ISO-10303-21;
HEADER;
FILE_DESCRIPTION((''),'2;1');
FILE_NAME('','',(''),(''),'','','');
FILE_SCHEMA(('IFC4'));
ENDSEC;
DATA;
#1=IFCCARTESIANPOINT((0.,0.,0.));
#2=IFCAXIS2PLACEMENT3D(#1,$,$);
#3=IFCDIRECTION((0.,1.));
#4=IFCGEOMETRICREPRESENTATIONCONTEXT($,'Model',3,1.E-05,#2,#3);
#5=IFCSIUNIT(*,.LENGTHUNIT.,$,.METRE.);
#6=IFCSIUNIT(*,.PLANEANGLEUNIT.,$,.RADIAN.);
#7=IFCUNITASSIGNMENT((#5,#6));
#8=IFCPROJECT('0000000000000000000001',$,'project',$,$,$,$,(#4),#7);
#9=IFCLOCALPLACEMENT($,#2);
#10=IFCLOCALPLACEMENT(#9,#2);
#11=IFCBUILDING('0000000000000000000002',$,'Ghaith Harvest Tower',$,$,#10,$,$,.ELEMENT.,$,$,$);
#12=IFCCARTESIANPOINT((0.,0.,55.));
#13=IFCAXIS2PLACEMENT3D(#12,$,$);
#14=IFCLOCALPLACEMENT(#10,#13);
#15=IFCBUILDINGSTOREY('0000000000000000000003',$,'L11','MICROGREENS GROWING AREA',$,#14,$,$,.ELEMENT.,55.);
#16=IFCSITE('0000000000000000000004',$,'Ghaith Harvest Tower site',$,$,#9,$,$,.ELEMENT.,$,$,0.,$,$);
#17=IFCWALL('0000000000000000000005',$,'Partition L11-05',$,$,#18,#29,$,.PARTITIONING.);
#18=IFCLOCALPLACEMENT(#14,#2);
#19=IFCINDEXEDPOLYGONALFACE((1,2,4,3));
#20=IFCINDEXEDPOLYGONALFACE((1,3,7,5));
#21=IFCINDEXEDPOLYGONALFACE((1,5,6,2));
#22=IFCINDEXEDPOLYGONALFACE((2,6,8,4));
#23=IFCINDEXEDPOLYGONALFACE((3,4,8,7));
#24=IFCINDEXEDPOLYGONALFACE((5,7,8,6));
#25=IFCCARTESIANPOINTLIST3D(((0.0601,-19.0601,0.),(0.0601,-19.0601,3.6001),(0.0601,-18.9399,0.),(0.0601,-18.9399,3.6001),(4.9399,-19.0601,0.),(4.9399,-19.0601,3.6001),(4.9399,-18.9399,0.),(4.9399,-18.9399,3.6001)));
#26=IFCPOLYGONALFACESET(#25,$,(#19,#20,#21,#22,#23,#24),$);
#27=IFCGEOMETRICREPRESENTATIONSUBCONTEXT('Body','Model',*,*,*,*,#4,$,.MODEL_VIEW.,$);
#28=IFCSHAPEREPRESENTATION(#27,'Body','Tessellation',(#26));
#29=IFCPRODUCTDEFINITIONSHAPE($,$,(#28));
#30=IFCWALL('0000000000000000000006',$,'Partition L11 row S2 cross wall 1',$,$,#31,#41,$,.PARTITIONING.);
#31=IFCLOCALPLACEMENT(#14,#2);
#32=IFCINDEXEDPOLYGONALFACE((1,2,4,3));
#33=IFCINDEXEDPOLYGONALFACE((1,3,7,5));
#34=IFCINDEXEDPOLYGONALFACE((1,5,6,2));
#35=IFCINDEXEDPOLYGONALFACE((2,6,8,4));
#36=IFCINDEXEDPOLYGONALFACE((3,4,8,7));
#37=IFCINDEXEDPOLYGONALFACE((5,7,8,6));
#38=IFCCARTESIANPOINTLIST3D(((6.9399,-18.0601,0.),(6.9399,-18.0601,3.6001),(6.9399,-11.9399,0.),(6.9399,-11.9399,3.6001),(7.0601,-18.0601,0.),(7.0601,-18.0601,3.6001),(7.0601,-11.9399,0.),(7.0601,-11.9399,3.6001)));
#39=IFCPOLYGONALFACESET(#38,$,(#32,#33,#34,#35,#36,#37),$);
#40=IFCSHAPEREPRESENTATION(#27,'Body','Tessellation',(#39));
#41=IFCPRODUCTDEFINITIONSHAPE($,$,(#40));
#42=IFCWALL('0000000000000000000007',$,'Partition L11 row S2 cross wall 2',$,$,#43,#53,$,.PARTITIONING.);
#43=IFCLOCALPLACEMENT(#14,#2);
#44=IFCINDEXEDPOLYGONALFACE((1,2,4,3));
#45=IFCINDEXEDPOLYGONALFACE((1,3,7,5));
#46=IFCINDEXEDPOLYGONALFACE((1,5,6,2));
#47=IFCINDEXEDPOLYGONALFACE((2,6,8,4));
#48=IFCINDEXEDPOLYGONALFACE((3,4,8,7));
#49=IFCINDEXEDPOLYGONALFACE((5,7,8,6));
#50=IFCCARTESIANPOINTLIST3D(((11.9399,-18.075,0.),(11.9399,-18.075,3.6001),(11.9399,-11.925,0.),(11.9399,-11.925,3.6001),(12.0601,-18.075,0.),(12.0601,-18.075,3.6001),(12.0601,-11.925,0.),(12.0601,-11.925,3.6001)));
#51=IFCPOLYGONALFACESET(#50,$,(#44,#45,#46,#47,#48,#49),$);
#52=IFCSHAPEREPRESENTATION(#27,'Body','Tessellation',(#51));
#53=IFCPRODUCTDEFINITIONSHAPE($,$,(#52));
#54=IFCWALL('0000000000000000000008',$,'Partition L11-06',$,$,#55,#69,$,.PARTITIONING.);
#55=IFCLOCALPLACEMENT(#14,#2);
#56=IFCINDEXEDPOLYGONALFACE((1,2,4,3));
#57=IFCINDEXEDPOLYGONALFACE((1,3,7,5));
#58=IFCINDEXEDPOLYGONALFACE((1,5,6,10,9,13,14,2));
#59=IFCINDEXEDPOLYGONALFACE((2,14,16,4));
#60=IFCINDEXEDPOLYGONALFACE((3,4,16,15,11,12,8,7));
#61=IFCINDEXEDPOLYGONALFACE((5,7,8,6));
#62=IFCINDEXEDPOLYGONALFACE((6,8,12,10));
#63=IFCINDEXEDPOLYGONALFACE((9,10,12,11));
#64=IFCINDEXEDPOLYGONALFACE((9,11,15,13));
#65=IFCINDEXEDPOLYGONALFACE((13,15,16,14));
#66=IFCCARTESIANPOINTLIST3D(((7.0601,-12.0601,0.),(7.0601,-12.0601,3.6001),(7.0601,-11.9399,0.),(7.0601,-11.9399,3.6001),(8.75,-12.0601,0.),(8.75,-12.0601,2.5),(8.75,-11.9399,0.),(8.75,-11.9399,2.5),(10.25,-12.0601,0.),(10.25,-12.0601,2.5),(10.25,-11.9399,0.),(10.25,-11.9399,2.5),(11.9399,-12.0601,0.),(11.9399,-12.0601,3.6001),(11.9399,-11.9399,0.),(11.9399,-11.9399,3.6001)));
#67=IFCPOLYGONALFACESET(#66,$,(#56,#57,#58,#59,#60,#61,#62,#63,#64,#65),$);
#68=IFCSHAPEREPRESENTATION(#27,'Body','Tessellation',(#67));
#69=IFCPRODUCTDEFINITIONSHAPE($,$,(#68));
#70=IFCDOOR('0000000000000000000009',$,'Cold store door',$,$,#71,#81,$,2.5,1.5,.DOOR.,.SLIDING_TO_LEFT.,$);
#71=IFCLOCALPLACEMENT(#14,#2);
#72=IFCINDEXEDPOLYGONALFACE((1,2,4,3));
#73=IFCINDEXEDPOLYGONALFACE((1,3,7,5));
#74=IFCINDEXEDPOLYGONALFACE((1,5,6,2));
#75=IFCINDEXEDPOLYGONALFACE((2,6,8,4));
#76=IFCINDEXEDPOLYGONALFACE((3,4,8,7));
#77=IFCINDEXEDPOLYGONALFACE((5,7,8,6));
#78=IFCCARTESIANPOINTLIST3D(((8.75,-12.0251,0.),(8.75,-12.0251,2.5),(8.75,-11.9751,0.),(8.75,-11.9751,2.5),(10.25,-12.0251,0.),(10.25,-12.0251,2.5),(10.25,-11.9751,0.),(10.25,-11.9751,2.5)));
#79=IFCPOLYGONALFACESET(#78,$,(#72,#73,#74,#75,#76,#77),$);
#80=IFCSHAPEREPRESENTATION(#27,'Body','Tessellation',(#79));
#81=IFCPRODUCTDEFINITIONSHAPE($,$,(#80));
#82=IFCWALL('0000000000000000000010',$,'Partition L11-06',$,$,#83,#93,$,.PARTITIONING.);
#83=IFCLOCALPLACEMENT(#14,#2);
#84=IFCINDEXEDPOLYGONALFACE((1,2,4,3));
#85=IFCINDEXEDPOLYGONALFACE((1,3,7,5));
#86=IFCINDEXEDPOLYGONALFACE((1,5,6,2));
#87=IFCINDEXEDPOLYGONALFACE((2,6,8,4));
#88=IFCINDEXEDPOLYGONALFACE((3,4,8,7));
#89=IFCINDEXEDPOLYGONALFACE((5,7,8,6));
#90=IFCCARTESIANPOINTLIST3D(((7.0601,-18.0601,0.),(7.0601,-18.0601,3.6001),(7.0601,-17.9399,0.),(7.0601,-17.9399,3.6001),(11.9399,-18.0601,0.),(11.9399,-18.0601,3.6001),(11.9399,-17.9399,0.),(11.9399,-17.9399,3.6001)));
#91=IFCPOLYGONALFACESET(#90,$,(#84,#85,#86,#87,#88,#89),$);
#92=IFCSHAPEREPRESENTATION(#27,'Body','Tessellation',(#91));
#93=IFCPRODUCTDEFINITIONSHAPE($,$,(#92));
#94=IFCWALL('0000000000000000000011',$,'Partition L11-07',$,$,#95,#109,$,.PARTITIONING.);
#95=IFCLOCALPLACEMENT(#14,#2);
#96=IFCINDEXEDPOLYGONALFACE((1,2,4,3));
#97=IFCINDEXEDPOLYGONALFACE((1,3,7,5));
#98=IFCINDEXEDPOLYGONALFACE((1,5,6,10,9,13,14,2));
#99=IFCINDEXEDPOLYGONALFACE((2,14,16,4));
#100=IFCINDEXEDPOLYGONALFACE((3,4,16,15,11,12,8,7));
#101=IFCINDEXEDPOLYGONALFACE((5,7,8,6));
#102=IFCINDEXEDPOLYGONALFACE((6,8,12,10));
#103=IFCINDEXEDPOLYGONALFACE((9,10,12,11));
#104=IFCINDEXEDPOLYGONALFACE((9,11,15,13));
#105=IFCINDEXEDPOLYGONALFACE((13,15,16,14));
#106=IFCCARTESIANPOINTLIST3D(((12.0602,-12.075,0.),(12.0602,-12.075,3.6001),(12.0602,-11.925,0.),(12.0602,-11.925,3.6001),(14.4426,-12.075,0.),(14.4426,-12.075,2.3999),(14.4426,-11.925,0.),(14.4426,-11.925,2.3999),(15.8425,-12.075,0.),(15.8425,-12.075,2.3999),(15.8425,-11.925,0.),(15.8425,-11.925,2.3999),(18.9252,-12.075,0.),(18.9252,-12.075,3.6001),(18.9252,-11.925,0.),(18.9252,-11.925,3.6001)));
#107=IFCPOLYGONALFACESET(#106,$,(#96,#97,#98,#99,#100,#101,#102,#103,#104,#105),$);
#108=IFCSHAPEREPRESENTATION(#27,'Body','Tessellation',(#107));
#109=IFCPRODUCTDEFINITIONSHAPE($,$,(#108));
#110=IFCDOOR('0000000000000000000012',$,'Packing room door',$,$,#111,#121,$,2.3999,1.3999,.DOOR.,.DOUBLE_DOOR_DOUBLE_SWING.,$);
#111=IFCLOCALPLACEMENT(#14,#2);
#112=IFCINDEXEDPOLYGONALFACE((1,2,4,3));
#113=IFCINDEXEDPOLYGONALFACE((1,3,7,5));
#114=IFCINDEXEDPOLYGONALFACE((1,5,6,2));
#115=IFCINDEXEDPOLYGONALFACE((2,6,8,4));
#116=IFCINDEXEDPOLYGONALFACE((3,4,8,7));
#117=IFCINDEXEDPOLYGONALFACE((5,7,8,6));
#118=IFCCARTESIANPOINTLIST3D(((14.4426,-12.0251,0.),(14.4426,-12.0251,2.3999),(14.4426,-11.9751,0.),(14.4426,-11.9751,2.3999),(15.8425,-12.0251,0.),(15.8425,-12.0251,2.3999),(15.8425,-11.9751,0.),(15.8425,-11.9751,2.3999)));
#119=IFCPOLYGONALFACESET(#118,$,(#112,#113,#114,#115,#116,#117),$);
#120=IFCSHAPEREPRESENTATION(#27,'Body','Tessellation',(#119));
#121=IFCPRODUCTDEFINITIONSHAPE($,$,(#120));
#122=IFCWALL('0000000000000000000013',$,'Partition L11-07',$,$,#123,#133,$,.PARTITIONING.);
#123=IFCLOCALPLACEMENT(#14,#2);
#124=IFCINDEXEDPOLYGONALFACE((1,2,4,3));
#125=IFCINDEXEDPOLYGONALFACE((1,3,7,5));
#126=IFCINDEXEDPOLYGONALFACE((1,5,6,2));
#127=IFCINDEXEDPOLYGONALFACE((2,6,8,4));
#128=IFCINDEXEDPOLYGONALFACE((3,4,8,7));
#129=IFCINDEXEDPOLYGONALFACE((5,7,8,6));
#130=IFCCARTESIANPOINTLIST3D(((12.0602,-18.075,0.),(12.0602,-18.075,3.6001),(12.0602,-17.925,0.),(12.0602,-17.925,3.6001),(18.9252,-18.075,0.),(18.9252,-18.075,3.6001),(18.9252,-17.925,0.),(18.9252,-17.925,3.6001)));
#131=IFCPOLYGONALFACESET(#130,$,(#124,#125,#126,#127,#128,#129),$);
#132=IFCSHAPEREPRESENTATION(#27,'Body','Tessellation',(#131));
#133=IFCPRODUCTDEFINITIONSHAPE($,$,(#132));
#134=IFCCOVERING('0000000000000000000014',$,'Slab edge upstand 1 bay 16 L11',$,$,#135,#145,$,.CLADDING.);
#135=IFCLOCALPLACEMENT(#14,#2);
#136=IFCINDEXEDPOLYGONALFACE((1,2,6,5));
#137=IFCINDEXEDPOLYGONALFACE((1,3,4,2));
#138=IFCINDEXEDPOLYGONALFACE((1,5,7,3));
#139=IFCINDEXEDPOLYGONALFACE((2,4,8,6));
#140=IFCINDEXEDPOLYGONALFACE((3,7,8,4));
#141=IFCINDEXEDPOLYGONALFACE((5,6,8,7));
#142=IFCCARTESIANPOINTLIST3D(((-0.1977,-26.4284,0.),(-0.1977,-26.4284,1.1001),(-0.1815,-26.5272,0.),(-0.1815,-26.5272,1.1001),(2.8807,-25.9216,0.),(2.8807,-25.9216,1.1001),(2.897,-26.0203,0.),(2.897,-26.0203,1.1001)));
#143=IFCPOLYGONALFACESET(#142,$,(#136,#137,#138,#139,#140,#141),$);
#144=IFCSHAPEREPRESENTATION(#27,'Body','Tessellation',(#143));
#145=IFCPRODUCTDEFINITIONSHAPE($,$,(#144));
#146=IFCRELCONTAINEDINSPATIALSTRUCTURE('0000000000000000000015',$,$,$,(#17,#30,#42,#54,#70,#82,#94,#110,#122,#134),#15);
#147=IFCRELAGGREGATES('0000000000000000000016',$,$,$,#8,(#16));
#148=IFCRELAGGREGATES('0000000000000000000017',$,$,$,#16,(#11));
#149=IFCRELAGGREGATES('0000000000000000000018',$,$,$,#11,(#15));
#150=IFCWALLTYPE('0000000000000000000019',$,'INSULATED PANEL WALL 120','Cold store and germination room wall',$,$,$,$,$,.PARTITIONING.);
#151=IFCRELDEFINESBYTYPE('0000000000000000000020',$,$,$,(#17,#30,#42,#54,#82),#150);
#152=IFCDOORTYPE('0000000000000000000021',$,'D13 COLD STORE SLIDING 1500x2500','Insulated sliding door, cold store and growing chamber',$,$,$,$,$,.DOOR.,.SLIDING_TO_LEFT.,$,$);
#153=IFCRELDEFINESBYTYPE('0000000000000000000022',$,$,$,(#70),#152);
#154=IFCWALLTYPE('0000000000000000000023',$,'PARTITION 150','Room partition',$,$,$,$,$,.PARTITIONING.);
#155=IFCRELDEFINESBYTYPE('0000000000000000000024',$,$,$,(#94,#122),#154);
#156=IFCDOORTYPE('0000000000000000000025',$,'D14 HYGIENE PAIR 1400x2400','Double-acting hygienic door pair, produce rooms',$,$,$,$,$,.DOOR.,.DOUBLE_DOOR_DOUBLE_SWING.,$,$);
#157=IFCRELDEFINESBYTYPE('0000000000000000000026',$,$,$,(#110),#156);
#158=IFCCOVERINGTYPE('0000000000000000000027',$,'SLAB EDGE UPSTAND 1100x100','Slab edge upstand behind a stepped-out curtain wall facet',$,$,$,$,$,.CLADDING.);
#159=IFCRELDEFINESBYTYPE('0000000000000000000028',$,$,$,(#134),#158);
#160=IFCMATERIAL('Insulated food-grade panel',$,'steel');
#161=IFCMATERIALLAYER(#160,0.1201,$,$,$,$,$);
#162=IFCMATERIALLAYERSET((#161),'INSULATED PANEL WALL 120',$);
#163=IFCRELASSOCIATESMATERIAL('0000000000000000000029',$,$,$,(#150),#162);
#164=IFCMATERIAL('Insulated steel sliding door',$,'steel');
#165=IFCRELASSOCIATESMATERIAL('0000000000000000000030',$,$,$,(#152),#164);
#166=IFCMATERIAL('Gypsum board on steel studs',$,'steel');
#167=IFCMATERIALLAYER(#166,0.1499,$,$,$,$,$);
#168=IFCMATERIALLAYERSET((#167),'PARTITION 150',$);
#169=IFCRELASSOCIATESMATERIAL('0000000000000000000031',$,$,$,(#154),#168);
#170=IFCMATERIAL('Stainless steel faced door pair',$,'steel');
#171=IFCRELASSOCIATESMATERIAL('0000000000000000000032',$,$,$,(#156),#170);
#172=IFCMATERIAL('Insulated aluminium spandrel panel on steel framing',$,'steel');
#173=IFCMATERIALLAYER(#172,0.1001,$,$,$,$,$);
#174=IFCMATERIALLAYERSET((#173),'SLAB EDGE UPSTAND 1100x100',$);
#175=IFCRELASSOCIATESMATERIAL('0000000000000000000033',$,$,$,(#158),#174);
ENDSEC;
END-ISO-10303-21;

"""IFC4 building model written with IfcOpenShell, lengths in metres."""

from ifc_helpers import new_model, si_unit, direction, frame, frame_2d, origin, origin_2d, place, context, subcontext, project, spatial, rectangle, extrude, material, layer, layer_set, type_object, element, fill, save


model = new_model("IFC4")

# Units and contexts
model_context = context("Model", 3, precision=1e-05, world=origin(), true_north=direction((0.0, 1.0)))
body_context = subcontext(model_context, "Body", "Model", "MODEL_VIEW")
ifc_project = project(units=[si_unit("LENGTHUNIT", "METRE"), si_unit("PLANEANGLEUNIT", "RADIAN")], contexts=[model_context])

# Site, building, storey
site_placement = place(None, origin())
site = spatial("IfcSite", under=ifc_project, at=site_placement, Name="Ghaith Harvest Tower site", CompositionType="ELEMENT", RefElevation=0.0)
building_placement = place(site_placement, origin())
building = spatial("IfcBuilding", under=site, at=building_placement, Name="Ghaith Harvest Tower", CompositionType="ELEMENT")
storey_placement = place(building_placement, frame((0.0, 0.0, 55.0)))
storey = spatial("IfcBuildingStorey", under=building, at=storey_placement, Name="L11", Description="MICROGREENS GROWING AREA", CompositionType="ELEMENT", Elevation=55.0)

# Shared definitions
ifc_material_1 = material(Name="Insulated food-grade panel", Category="steel")
ifc_layer_1 = layer(ifc_material_1, 0.1201)
ifc_layer_set_1 = layer_set([ifc_layer_1], Name="INSULATED PANEL WALL 120")
wall_type_1 = type_object("IfcWallType", Name="INSULATED PANEL WALL 120", Description="Cold store and germination room wall", PredefinedType="PARTITIONING", material=ifc_layer_set_1)

# Shared definitions
ifc_material_2 = material(Name="Insulated steel sliding door", Category="steel")
door_type_1 = type_object("IfcDoorType", Name="D13 COLD STORE SLIDING 1500x2500", Description="Insulated sliding door, cold store and growing chamber", OperationType="SLIDING_TO_LEFT", PredefinedType="DOOR", material=ifc_material_2)

# Walls
wall_1_placement = place(storey_placement, frame((0.0601, -19.0, 0.0), z_axis=(0.0, 0.0, 1.0), x_axis=(1.0, 0.0, 0.0)))
element("IfcWall", 1, at=wall_1_placement, inside=storey, type_object=wall_type_1, Name="Partition L11-05", PredefinedType="PARTITIONING", context=body_context, shape_type="SweptSolid", body=[
    extrude(rectangle(XDim=4.8799, YDim=0.1201, at=frame_2d((2.4399, 0.0))), origin(), (0.0, 0.0, 1.0), 3.6001),
])
wall_2_placement = place(storey_placement, frame((7.0, -11.9399, 0.0), z_axis=(0.0, 0.0, 1.0), x_axis=(0.0, -1.0, 0.0)))
element("IfcWall", 2, at=wall_2_placement, inside=storey, type_object=wall_type_1, Name="Partition L11 row S2 cross wall 1", PredefinedType="PARTITIONING", context=body_context, shape_type="SweptSolid", body=[
    extrude(rectangle(XDim=6.1201, YDim=0.1201, at=frame_2d((3.0601, 0.0))), origin(), (0.0, 0.0, 1.0), 3.6001),
])
wall_3_placement = place(storey_placement, frame((12.0, -11.925, 0.0), z_axis=(0.0, 0.0, 1.0), x_axis=(0.0, -1.0, 0.0)))
element("IfcWall", 3, at=wall_3_placement, inside=storey, type_object=wall_type_1, Name="Partition L11 row S2 cross wall 2", PredefinedType="PARTITIONING", context=body_context, shape_type="SweptSolid", body=[
    extrude(rectangle(XDim=6.1499, YDim=0.1201, at=frame_2d((3.075, 0.0))), origin(), (0.0, 0.0, 1.0), 3.6001),
])

# Wall, opening, door
wall_4_placement = place(storey_placement, frame((7.0601, -12.0, 0.0), z_axis=(0.0, 0.0, 1.0), x_axis=(1.0, 0.0, 0.0)))
wall_4 = element("IfcWall", 4, at=wall_4_placement, inside=storey, type_object=wall_type_1, Name="Partition L11-06", PredefinedType="PARTITIONING", context=body_context, shape_type="SweptSolid", body=[
    extrude(rectangle(XDim=4.8799, YDim=0.1201, at=frame_2d((2.4399, 0.0))), origin(), (0.0, 0.0, 1.0), 3.6001),
])
opening_1_placement = place(wall_4_placement, frame((1.6899, 0.0, 0.0)))
opening_1 = element("IfcOpeningElement", 5, at=opening_1_placement, cuts=wall_4, PredefinedType="OPENING", context=body_context, shape_type="SweptSolid", body=[
    extrude(rectangle(XDim=1.5, YDim=2.5, at=frame_2d((0.75, 1.25))), frame((0.0, 0.0701, 0.0), z_axis=(0.0, -1.0, 0.0), x_axis=(1.0, 0.0, 0.0)), (0.0, 0.0, 1.0), 0.1401),
])
door_1_placement = place(opening_1_placement, origin())
door_1 = element("IfcDoor", 6, at=door_1_placement, inside=storey, type_object=door_type_1, Name="Cold store door", OperationType="SLIDING_TO_LEFT", OverallHeight=2.5, OverallWidth=1.5, PredefinedType="DOOR", context=body_context, shape_type="SweptSolid", body=[
    extrude(rectangle(XDim=1.5, YDim=2.5, at=frame_2d((0.75, 1.25))), frame((0.0, 0.0249, 0.0), z_axis=(0.0, -1.0, 0.0), x_axis=(1.0, 0.0, 0.0)), (0.0, 0.0, 1.0), 0.05),
])
fill(opening_1, door_1)

# Wall
wall_5_placement = place(storey_placement, frame((7.0601, -18.0, 0.0), z_axis=(0.0, 0.0, 1.0), x_axis=(1.0, 0.0, 0.0)))
element("IfcWall", 7, at=wall_5_placement, inside=storey, type_object=wall_type_1, Name="Partition L11-06", PredefinedType="PARTITIONING", context=body_context, shape_type="SweptSolid", body=[
    extrude(rectangle(XDim=4.8799, YDim=0.1201, at=frame_2d((2.4399, 0.0))), origin(), (0.0, 0.0, 1.0), 3.6001),
])

# Wall, opening, door
ifc_material_3 = material(Name="Gypsum board on steel studs", Category="steel")
ifc_layer_2 = layer(ifc_material_3, 0.1499)
ifc_layer_set_2 = layer_set([ifc_layer_2], Name="PARTITION 150")
wall_type_2 = type_object("IfcWallType", Name="PARTITION 150", Description="Room partition", PredefinedType="PARTITIONING", material=ifc_layer_set_2)
wall_6_placement = place(storey_placement, frame((12.0601, -12.0, 0.0), z_axis=(0.0, 0.0, 1.0), x_axis=(1.0, 0.0, 0.0)))
wall_6 = element("IfcWall", 8, at=wall_6_placement, inside=storey, type_object=wall_type_2, Name="Partition L11-07", PredefinedType="PARTITIONING", context=body_context, shape_type="SweptSolid", body=[
    extrude(rectangle(XDim=6.865, YDim=0.1499, at=frame_2d((3.4326, 0.0))), origin(), (0.0, 0.0, 1.0), 3.6001),
])
opening_2_placement = place(wall_6_placement, frame((2.3826, 0.0, 0.0)))
opening_2 = element("IfcOpeningElement", 9, at=opening_2_placement, cuts=wall_6, PredefinedType="OPENING", context=body_context, shape_type="SweptSolid", body=[
    extrude(rectangle(XDim=1.3999, YDim=2.3999, at=frame_2d((0.7, 1.2))), frame((0.0, 0.085, 0.0), z_axis=(0.0, -1.0, 0.0), x_axis=(1.0, 0.0, 0.0)), (0.0, 0.0, 1.0), 0.1699),
])
ifc_material_4 = material(Name="Stainless steel faced door pair", Category="steel")
door_type_2 = type_object("IfcDoorType", Name="D14 HYGIENE PAIR 1400x2400", Description="Double-acting hygienic door pair, produce rooms", OperationType="DOUBLE_DOOR_DOUBLE_SWING", PredefinedType="DOOR", material=ifc_material_4)
door_2_placement = place(opening_2_placement, origin())
door_2 = element("IfcDoor", 10, at=door_2_placement, inside=storey, type_object=door_type_2, Name="Packing room door", OperationType="DOUBLE_DOOR_DOUBLE_SWING", OverallHeight=2.3999, OverallWidth=1.3999, PredefinedType="DOOR", context=body_context, shape_type="SweptSolid", body=[
    extrude(rectangle(XDim=1.3999, YDim=2.3999, at=frame_2d((0.7, 1.2))), frame((0.0, 0.0249, 0.0), z_axis=(0.0, -1.0, 0.0), x_axis=(1.0, 0.0, 0.0)), (0.0, 0.0, 1.0), 0.05),
])
fill(opening_2, door_2)

# Wall
wall_7_placement = place(storey_placement, frame((12.0601, -18.0, 0.0), z_axis=(0.0, 0.0, 1.0), x_axis=(1.0, 0.0, 0.0)))
element("IfcWall", 11, at=wall_7_placement, inside=storey, type_object=wall_type_2, Name="Partition L11-07", PredefinedType="PARTITIONING", context=body_context, shape_type="SweptSolid", body=[
    extrude(rectangle(XDim=6.865, YDim=0.1499, at=frame_2d((3.4326, 0.0))), origin(), (0.0, 0.0, 1.0), 3.6001),
])

# Covering
ifc_material_5 = material(Name="Insulated aluminium spandrel panel on steel framing", Category="steel")
ifc_layer_3 = layer(ifc_material_5, 0.1001)
ifc_layer_set_3 = layer_set([ifc_layer_3], Name="SLAB EDGE UPSTAND 1100x100")
covering_type = type_object("IfcCoveringType", Name="SLAB EDGE UPSTAND 1100x100", Description="Slab edge upstand behind a stepped-out curtain wall facet", PredefinedType="CLADDING", material=ifc_layer_set_3)
covering_placement = place(storey_placement, frame((1.3496, -26.2244, 0.0), z_axis=(0.0, 0.0, 1.0), x_axis=(0.986716, 0.162453, 0.0)))
element("IfcCovering", 12, at=covering_placement, inside=storey, type_object=covering_type, Name="Slab edge upstand 1 bay 16 L11", PredefinedType="CLADDING", context=body_context, shape_type="SweptSolid", body=[
    extrude(rectangle(XDim=3.1199, YDim=0.1001, at=origin_2d()), origin(), (0.0, 0.0, 1.0), 1.1001),
])

save(model, "model.ifc")
